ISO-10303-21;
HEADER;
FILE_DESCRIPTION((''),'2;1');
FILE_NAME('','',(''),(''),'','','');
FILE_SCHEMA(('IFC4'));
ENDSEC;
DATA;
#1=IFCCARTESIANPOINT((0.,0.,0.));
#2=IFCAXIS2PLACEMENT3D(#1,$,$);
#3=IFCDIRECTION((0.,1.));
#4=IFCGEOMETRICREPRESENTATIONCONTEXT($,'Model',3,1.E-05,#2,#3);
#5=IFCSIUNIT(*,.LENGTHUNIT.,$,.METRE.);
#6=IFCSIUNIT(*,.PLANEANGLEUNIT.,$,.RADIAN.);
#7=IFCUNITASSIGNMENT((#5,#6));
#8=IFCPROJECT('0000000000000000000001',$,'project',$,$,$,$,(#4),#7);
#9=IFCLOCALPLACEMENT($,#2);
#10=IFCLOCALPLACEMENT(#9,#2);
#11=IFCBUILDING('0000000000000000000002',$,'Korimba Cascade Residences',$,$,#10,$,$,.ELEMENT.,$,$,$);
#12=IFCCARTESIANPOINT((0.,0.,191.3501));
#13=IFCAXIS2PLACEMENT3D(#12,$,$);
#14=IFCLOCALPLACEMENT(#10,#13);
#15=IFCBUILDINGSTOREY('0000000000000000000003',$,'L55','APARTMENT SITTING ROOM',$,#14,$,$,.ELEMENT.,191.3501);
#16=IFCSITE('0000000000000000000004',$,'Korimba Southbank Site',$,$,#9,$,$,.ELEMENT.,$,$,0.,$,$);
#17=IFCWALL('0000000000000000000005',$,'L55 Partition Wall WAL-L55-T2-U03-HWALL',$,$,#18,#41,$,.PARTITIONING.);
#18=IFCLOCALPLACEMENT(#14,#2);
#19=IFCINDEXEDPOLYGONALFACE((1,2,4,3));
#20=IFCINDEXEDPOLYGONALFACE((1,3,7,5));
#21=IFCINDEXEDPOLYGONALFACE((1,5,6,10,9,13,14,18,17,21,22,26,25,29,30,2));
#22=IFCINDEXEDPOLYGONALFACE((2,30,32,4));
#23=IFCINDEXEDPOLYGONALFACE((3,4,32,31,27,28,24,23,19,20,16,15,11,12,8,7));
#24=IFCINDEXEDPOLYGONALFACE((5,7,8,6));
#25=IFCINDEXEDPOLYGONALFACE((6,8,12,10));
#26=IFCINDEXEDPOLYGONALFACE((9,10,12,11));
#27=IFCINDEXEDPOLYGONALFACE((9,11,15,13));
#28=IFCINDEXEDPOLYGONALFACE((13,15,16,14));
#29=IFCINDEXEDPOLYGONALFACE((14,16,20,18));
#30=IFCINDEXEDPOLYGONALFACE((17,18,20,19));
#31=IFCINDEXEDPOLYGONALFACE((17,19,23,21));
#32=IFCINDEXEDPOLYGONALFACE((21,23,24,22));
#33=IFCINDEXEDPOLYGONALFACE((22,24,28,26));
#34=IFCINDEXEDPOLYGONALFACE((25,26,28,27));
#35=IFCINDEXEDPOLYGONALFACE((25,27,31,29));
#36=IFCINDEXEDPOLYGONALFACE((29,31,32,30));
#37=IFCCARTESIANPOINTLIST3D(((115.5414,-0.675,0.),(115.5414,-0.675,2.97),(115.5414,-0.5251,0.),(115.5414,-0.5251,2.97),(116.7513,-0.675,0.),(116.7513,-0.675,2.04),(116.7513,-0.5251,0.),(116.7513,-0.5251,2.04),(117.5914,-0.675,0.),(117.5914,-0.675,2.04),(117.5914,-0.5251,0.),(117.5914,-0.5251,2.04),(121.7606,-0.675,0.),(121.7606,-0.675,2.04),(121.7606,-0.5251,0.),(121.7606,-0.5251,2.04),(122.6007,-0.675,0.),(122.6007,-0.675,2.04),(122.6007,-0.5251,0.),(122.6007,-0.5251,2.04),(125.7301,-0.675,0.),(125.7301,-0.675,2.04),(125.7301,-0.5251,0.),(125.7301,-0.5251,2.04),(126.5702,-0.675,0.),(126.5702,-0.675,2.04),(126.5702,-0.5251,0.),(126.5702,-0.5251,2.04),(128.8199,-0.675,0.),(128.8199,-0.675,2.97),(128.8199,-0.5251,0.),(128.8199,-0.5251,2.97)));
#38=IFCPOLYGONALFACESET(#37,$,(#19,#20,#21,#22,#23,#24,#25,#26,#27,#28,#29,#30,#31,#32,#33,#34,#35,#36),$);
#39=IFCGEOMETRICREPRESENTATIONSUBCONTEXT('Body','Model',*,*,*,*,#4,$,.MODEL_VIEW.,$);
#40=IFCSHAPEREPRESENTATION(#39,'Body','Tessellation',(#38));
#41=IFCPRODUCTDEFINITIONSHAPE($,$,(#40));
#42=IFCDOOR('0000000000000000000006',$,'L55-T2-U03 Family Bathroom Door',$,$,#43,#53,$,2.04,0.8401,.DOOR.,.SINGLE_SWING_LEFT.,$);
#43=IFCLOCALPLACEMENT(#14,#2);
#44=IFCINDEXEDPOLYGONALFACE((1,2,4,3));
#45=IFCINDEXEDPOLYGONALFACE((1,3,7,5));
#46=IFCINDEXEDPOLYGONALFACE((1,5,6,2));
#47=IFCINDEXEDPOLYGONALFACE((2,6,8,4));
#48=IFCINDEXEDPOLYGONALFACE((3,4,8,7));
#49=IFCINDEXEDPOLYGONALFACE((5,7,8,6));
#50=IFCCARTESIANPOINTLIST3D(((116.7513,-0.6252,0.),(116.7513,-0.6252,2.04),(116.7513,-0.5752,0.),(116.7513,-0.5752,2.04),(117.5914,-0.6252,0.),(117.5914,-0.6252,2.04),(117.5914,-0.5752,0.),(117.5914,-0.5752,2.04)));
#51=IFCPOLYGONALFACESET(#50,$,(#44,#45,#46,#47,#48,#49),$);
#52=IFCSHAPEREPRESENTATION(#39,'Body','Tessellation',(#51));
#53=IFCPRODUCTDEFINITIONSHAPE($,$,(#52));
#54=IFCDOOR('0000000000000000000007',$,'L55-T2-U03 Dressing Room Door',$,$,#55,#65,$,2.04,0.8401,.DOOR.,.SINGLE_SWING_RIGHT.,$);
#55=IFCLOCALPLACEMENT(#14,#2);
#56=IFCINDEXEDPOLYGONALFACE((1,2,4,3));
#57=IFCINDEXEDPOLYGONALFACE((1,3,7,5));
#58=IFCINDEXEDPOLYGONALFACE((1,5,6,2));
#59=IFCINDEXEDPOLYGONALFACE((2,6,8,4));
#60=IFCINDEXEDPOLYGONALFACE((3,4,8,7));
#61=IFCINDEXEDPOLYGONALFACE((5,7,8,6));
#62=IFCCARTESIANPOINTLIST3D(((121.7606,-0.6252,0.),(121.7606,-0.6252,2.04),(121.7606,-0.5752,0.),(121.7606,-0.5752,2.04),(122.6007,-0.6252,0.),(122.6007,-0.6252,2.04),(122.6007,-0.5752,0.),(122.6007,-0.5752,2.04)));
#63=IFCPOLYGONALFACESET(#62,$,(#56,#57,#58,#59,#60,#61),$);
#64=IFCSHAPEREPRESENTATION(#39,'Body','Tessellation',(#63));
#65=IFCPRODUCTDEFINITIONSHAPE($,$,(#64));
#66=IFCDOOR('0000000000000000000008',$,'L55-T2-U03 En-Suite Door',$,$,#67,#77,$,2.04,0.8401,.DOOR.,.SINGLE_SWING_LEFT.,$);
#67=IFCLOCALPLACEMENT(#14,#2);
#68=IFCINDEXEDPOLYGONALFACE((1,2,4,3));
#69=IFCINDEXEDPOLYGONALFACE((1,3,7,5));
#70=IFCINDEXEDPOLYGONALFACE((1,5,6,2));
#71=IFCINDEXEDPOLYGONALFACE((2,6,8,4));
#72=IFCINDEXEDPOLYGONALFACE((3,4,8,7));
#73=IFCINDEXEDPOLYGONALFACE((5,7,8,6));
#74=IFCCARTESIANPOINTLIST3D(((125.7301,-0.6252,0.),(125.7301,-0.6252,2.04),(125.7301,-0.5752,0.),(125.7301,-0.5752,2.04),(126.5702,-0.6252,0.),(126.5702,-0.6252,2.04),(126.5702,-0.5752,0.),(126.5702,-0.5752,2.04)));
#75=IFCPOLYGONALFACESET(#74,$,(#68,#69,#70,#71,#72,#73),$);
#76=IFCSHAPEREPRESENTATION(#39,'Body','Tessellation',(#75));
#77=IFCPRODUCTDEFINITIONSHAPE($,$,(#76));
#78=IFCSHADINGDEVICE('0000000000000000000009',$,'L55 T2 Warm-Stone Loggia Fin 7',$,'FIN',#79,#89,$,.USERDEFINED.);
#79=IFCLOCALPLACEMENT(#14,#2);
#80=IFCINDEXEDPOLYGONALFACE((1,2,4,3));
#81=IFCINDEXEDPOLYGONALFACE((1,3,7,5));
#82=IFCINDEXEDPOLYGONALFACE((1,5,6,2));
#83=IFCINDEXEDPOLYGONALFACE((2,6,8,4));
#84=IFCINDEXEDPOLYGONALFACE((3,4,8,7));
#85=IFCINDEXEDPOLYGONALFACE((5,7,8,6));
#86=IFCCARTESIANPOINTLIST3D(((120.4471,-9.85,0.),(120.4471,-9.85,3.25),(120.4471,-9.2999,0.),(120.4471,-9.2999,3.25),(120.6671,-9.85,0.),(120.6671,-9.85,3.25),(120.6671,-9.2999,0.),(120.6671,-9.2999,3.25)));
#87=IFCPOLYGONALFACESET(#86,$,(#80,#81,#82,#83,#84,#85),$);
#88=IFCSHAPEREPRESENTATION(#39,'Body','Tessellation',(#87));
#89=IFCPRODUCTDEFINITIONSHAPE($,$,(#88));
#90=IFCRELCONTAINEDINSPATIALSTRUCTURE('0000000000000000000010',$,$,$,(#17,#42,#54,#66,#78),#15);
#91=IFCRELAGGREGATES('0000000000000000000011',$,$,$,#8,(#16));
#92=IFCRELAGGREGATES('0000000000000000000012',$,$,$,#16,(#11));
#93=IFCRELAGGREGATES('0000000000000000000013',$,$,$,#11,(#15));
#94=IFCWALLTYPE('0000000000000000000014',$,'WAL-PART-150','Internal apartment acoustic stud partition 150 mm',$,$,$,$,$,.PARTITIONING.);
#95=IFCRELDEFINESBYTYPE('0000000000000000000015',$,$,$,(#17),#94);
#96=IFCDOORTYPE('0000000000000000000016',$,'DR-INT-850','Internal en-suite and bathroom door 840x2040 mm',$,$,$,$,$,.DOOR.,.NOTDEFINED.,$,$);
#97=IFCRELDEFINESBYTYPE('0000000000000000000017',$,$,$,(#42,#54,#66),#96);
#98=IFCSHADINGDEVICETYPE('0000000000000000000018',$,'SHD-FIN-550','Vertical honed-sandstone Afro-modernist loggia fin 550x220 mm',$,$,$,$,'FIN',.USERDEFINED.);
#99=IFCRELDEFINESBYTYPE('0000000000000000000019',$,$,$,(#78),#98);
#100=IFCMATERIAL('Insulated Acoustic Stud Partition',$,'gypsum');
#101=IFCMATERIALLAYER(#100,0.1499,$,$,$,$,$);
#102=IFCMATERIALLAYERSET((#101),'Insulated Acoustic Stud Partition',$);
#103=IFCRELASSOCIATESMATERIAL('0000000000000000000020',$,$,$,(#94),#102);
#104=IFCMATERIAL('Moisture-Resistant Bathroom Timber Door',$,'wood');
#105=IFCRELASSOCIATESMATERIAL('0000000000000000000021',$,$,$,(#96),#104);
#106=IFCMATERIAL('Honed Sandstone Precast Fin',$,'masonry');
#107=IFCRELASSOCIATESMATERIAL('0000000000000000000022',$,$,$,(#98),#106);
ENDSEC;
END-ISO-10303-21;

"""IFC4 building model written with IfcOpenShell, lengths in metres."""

from ifc_helpers import new_model, si_unit, direction, frame, frame_2d, origin, origin_2d, place, context, subcontext, project, spatial, rectangle, extrude, material, layer, layer_set, type_object, element, fill, save


model = new_model("IFC4")

# Units and contexts
model_context = context("Model", 3, precision=1e-05, world=origin(), true_north=direction((0.0, 1.0)))
body_context = subcontext(model_context, "Body", "Model", "MODEL_VIEW")
ifc_project = project(units=[si_unit("LENGTHUNIT", "METRE"), si_unit("PLANEANGLEUNIT", "RADIAN")], contexts=[model_context])

# Site, building, storey
site_placement = place(None, origin())
site = spatial("IfcSite", under=ifc_project, at=site_placement, Name="Korimba Southbank Site", CompositionType="ELEMENT", RefElevation=0.0)
building_placement = place(site_placement, origin())
building = spatial("IfcBuilding", under=site, at=building_placement, Name="Korimba Cascade Residences", CompositionType="ELEMENT")
storey_placement = place(building_placement, frame((0.0, 0.0, 191.3501)))
storey = spatial("IfcBuildingStorey", under=building, at=storey_placement, Name="L55", Description="APARTMENT SITTING ROOM", CompositionType="ELEMENT", Elevation=191.3501)

# Shared definitions
ifc_material_1 = material(Name="Insulated Acoustic Stud Partition", Category="gypsum")
ifc_layer = layer(ifc_material_1, 0.1499)
ifc_layer_set = layer_set([ifc_layer], Name="Insulated Acoustic Stud Partition")
wall_type = type_object("IfcWallType", Name="WAL-PART-150", Description="Internal apartment acoustic stud partition 150 mm", PredefinedType="PARTITIONING", material=ifc_layer_set)
ifc_material_2 = material(Name="Moisture-Resistant Bathroom Timber Door", Category="wood")
door_type_1 = type_object("IfcDoorType", Name="DR-INT-850", Description="Internal en-suite and bathroom door 840x2040 mm", OperationType="NOTDEFINED", PredefinedType="DOOR", material=ifc_material_2)

# Wall, openings, doors
wall_1_placement = place(storey_placement, frame((115.5415, -0.6001, 0.0), z_axis=(0.0, 0.0, 1.0), x_axis=(1.0, 0.0, 0.0)))
wall_1 = element("IfcWall", 1, at=wall_1_placement, inside=storey, type_object=wall_type, Name="L55 Partition Wall WAL-L55-T2-U03-HWALL", PredefinedType="PARTITIONING", context=body_context, shape_type="SweptSolid", body=[
    extrude(rectangle(XDim=13.2786, YDim=0.1499, at=frame_2d((6.6392, 0.0))), origin(), (0.0, 0.0, 1.0), 2.97),
])
opening_1_placement = place(wall_1_placement, frame((1.21, 0.0, 0.0)))
opening_1 = element("IfcOpeningElement", 2, at=opening_1_placement, cuts=wall_1, PredefinedType="OPENING", context=body_context, shape_type="SweptSolid", body=[
    extrude(rectangle(XDim=0.8401, YDim=2.04, at=frame_2d((0.4199, 1.02))), frame((0.0, 0.085, 0.0), z_axis=(0.0, -1.0, 0.0), x_axis=(1.0, 0.0, 0.0)), (0.0, 0.0, 1.0), 0.1699),
])
opening_2_placement = place(wall_1_placement, frame((6.2192, 0.0, 0.0)))
opening_2 = element("IfcOpeningElement", 3, at=opening_2_placement, cuts=wall_1, PredefinedType="OPENING", context=body_context, shape_type="SweptSolid", body=[
    extrude(rectangle(XDim=0.8401, YDim=2.04, at=frame_2d((0.4199, 1.02))), frame((0.0, 0.085, 0.0), z_axis=(0.0, -1.0, 0.0), x_axis=(1.0, 0.0, 0.0)), (0.0, 0.0, 1.0), 0.1699),
])
opening_3_placement = place(wall_1_placement, frame((10.1887, 0.0, 0.0)))
opening_3 = element("IfcOpeningElement", 4, at=opening_3_placement, cuts=wall_1, PredefinedType="OPENING", context=body_context, shape_type="SweptSolid", body=[
    extrude(rectangle(XDim=0.8401, YDim=2.04, at=frame_2d((0.4199, 1.02))), frame((0.0, 0.085, 0.0), z_axis=(0.0, -1.0, 0.0), x_axis=(1.0, 0.0, 0.0)), (0.0, 0.0, 1.0), 0.1699),
])
door_1_placement = place(opening_1_placement, origin())
door_1 = element("IfcDoor", 5, at=door_1_placement, inside=storey, type_object=door_type_1, Name="L55-T2-U03 Family Bathroom Door", OperationType="SINGLE_SWING_LEFT", OverallHeight=2.04, OverallWidth=0.8401, PredefinedType="DOOR", context=body_context, shape_type="SweptSolid", body=[
    extrude(rectangle(XDim=0.8401, YDim=2.04, at=frame_2d((0.4199, 1.02))), frame((0.0, 0.0249, 0.0), z_axis=(0.0, -1.0, 0.0), x_axis=(1.0, 0.0, 0.0)), (0.0, 0.0, 1.0), 0.05),
])
fill(opening_1, door_1)
door_2_placement = place(opening_2_placement, origin())
door_2 = element("IfcDoor", 6, at=door_2_placement, inside=storey, type_object=door_type_1, Name="L55-T2-U03 Dressing Room Door", OperationType="SINGLE_SWING_RIGHT", OverallHeight=2.04, OverallWidth=0.8401, PredefinedType="DOOR", context=body_context, shape_type="SweptSolid", body=[
    extrude(rectangle(XDim=0.8401, YDim=2.04, at=frame_2d((0.4199, 1.02))), frame((0.0, 0.0249, 0.0), z_axis=(0.0, -1.0, 0.0), x_axis=(1.0, 0.0, 0.0)), (0.0, 0.0, 1.0), 0.05),
])
fill(opening_2, door_2)
door_3_placement = place(opening_3_placement, origin())
door_3 = element("IfcDoor", 7, at=door_3_placement, inside=storey, type_object=door_type_1, Name="L55-T2-U03 En-Suite Door", OperationType="SINGLE_SWING_LEFT", OverallHeight=2.04, OverallWidth=0.8401, PredefinedType="DOOR", context=body_context, shape_type="SweptSolid", body=[
    extrude(rectangle(XDim=0.8401, YDim=2.04, at=frame_2d((0.4199, 1.02))), frame((0.0, 0.0249, 0.0), z_axis=(0.0, -1.0, 0.0), x_axis=(1.0, 0.0, 0.0)), (0.0, 0.0, 1.0), 0.05),
])
fill(opening_3, door_3)

# Shading device
ifc_material_3 = material(Name="Honed Sandstone Precast Fin", Category="masonry")
shading_device_type = type_object("IfcShadingDeviceType", Name="SHD-FIN-550", Description="Vertical honed-sandstone Afro-modernist loggia fin 550x220 mm", ElementType="FIN", PredefinedType="USERDEFINED", material=ifc_material_3)
shading_device_placement = place(storey_placement, frame((120.5571, -9.575, 0.0), z_axis=(0.0, 0.0, 1.0), x_axis=(1.0, 0.0, 0.0)))
element("IfcShadingDevice", 8, at=shading_device_placement, inside=storey, type_object=shading_device_type, Name="L55 T2 Warm-Stone Loggia Fin 7", ObjectType="FIN", PredefinedType="USERDEFINED", context=body_context, shape_type="SweptSolid", body=[
    extrude(rectangle(XDim=0.22, YDim=0.55, at=origin_2d()), origin(), (0.0, 0.0, 1.0), 3.25),
])

save(model, "model.ifc")
